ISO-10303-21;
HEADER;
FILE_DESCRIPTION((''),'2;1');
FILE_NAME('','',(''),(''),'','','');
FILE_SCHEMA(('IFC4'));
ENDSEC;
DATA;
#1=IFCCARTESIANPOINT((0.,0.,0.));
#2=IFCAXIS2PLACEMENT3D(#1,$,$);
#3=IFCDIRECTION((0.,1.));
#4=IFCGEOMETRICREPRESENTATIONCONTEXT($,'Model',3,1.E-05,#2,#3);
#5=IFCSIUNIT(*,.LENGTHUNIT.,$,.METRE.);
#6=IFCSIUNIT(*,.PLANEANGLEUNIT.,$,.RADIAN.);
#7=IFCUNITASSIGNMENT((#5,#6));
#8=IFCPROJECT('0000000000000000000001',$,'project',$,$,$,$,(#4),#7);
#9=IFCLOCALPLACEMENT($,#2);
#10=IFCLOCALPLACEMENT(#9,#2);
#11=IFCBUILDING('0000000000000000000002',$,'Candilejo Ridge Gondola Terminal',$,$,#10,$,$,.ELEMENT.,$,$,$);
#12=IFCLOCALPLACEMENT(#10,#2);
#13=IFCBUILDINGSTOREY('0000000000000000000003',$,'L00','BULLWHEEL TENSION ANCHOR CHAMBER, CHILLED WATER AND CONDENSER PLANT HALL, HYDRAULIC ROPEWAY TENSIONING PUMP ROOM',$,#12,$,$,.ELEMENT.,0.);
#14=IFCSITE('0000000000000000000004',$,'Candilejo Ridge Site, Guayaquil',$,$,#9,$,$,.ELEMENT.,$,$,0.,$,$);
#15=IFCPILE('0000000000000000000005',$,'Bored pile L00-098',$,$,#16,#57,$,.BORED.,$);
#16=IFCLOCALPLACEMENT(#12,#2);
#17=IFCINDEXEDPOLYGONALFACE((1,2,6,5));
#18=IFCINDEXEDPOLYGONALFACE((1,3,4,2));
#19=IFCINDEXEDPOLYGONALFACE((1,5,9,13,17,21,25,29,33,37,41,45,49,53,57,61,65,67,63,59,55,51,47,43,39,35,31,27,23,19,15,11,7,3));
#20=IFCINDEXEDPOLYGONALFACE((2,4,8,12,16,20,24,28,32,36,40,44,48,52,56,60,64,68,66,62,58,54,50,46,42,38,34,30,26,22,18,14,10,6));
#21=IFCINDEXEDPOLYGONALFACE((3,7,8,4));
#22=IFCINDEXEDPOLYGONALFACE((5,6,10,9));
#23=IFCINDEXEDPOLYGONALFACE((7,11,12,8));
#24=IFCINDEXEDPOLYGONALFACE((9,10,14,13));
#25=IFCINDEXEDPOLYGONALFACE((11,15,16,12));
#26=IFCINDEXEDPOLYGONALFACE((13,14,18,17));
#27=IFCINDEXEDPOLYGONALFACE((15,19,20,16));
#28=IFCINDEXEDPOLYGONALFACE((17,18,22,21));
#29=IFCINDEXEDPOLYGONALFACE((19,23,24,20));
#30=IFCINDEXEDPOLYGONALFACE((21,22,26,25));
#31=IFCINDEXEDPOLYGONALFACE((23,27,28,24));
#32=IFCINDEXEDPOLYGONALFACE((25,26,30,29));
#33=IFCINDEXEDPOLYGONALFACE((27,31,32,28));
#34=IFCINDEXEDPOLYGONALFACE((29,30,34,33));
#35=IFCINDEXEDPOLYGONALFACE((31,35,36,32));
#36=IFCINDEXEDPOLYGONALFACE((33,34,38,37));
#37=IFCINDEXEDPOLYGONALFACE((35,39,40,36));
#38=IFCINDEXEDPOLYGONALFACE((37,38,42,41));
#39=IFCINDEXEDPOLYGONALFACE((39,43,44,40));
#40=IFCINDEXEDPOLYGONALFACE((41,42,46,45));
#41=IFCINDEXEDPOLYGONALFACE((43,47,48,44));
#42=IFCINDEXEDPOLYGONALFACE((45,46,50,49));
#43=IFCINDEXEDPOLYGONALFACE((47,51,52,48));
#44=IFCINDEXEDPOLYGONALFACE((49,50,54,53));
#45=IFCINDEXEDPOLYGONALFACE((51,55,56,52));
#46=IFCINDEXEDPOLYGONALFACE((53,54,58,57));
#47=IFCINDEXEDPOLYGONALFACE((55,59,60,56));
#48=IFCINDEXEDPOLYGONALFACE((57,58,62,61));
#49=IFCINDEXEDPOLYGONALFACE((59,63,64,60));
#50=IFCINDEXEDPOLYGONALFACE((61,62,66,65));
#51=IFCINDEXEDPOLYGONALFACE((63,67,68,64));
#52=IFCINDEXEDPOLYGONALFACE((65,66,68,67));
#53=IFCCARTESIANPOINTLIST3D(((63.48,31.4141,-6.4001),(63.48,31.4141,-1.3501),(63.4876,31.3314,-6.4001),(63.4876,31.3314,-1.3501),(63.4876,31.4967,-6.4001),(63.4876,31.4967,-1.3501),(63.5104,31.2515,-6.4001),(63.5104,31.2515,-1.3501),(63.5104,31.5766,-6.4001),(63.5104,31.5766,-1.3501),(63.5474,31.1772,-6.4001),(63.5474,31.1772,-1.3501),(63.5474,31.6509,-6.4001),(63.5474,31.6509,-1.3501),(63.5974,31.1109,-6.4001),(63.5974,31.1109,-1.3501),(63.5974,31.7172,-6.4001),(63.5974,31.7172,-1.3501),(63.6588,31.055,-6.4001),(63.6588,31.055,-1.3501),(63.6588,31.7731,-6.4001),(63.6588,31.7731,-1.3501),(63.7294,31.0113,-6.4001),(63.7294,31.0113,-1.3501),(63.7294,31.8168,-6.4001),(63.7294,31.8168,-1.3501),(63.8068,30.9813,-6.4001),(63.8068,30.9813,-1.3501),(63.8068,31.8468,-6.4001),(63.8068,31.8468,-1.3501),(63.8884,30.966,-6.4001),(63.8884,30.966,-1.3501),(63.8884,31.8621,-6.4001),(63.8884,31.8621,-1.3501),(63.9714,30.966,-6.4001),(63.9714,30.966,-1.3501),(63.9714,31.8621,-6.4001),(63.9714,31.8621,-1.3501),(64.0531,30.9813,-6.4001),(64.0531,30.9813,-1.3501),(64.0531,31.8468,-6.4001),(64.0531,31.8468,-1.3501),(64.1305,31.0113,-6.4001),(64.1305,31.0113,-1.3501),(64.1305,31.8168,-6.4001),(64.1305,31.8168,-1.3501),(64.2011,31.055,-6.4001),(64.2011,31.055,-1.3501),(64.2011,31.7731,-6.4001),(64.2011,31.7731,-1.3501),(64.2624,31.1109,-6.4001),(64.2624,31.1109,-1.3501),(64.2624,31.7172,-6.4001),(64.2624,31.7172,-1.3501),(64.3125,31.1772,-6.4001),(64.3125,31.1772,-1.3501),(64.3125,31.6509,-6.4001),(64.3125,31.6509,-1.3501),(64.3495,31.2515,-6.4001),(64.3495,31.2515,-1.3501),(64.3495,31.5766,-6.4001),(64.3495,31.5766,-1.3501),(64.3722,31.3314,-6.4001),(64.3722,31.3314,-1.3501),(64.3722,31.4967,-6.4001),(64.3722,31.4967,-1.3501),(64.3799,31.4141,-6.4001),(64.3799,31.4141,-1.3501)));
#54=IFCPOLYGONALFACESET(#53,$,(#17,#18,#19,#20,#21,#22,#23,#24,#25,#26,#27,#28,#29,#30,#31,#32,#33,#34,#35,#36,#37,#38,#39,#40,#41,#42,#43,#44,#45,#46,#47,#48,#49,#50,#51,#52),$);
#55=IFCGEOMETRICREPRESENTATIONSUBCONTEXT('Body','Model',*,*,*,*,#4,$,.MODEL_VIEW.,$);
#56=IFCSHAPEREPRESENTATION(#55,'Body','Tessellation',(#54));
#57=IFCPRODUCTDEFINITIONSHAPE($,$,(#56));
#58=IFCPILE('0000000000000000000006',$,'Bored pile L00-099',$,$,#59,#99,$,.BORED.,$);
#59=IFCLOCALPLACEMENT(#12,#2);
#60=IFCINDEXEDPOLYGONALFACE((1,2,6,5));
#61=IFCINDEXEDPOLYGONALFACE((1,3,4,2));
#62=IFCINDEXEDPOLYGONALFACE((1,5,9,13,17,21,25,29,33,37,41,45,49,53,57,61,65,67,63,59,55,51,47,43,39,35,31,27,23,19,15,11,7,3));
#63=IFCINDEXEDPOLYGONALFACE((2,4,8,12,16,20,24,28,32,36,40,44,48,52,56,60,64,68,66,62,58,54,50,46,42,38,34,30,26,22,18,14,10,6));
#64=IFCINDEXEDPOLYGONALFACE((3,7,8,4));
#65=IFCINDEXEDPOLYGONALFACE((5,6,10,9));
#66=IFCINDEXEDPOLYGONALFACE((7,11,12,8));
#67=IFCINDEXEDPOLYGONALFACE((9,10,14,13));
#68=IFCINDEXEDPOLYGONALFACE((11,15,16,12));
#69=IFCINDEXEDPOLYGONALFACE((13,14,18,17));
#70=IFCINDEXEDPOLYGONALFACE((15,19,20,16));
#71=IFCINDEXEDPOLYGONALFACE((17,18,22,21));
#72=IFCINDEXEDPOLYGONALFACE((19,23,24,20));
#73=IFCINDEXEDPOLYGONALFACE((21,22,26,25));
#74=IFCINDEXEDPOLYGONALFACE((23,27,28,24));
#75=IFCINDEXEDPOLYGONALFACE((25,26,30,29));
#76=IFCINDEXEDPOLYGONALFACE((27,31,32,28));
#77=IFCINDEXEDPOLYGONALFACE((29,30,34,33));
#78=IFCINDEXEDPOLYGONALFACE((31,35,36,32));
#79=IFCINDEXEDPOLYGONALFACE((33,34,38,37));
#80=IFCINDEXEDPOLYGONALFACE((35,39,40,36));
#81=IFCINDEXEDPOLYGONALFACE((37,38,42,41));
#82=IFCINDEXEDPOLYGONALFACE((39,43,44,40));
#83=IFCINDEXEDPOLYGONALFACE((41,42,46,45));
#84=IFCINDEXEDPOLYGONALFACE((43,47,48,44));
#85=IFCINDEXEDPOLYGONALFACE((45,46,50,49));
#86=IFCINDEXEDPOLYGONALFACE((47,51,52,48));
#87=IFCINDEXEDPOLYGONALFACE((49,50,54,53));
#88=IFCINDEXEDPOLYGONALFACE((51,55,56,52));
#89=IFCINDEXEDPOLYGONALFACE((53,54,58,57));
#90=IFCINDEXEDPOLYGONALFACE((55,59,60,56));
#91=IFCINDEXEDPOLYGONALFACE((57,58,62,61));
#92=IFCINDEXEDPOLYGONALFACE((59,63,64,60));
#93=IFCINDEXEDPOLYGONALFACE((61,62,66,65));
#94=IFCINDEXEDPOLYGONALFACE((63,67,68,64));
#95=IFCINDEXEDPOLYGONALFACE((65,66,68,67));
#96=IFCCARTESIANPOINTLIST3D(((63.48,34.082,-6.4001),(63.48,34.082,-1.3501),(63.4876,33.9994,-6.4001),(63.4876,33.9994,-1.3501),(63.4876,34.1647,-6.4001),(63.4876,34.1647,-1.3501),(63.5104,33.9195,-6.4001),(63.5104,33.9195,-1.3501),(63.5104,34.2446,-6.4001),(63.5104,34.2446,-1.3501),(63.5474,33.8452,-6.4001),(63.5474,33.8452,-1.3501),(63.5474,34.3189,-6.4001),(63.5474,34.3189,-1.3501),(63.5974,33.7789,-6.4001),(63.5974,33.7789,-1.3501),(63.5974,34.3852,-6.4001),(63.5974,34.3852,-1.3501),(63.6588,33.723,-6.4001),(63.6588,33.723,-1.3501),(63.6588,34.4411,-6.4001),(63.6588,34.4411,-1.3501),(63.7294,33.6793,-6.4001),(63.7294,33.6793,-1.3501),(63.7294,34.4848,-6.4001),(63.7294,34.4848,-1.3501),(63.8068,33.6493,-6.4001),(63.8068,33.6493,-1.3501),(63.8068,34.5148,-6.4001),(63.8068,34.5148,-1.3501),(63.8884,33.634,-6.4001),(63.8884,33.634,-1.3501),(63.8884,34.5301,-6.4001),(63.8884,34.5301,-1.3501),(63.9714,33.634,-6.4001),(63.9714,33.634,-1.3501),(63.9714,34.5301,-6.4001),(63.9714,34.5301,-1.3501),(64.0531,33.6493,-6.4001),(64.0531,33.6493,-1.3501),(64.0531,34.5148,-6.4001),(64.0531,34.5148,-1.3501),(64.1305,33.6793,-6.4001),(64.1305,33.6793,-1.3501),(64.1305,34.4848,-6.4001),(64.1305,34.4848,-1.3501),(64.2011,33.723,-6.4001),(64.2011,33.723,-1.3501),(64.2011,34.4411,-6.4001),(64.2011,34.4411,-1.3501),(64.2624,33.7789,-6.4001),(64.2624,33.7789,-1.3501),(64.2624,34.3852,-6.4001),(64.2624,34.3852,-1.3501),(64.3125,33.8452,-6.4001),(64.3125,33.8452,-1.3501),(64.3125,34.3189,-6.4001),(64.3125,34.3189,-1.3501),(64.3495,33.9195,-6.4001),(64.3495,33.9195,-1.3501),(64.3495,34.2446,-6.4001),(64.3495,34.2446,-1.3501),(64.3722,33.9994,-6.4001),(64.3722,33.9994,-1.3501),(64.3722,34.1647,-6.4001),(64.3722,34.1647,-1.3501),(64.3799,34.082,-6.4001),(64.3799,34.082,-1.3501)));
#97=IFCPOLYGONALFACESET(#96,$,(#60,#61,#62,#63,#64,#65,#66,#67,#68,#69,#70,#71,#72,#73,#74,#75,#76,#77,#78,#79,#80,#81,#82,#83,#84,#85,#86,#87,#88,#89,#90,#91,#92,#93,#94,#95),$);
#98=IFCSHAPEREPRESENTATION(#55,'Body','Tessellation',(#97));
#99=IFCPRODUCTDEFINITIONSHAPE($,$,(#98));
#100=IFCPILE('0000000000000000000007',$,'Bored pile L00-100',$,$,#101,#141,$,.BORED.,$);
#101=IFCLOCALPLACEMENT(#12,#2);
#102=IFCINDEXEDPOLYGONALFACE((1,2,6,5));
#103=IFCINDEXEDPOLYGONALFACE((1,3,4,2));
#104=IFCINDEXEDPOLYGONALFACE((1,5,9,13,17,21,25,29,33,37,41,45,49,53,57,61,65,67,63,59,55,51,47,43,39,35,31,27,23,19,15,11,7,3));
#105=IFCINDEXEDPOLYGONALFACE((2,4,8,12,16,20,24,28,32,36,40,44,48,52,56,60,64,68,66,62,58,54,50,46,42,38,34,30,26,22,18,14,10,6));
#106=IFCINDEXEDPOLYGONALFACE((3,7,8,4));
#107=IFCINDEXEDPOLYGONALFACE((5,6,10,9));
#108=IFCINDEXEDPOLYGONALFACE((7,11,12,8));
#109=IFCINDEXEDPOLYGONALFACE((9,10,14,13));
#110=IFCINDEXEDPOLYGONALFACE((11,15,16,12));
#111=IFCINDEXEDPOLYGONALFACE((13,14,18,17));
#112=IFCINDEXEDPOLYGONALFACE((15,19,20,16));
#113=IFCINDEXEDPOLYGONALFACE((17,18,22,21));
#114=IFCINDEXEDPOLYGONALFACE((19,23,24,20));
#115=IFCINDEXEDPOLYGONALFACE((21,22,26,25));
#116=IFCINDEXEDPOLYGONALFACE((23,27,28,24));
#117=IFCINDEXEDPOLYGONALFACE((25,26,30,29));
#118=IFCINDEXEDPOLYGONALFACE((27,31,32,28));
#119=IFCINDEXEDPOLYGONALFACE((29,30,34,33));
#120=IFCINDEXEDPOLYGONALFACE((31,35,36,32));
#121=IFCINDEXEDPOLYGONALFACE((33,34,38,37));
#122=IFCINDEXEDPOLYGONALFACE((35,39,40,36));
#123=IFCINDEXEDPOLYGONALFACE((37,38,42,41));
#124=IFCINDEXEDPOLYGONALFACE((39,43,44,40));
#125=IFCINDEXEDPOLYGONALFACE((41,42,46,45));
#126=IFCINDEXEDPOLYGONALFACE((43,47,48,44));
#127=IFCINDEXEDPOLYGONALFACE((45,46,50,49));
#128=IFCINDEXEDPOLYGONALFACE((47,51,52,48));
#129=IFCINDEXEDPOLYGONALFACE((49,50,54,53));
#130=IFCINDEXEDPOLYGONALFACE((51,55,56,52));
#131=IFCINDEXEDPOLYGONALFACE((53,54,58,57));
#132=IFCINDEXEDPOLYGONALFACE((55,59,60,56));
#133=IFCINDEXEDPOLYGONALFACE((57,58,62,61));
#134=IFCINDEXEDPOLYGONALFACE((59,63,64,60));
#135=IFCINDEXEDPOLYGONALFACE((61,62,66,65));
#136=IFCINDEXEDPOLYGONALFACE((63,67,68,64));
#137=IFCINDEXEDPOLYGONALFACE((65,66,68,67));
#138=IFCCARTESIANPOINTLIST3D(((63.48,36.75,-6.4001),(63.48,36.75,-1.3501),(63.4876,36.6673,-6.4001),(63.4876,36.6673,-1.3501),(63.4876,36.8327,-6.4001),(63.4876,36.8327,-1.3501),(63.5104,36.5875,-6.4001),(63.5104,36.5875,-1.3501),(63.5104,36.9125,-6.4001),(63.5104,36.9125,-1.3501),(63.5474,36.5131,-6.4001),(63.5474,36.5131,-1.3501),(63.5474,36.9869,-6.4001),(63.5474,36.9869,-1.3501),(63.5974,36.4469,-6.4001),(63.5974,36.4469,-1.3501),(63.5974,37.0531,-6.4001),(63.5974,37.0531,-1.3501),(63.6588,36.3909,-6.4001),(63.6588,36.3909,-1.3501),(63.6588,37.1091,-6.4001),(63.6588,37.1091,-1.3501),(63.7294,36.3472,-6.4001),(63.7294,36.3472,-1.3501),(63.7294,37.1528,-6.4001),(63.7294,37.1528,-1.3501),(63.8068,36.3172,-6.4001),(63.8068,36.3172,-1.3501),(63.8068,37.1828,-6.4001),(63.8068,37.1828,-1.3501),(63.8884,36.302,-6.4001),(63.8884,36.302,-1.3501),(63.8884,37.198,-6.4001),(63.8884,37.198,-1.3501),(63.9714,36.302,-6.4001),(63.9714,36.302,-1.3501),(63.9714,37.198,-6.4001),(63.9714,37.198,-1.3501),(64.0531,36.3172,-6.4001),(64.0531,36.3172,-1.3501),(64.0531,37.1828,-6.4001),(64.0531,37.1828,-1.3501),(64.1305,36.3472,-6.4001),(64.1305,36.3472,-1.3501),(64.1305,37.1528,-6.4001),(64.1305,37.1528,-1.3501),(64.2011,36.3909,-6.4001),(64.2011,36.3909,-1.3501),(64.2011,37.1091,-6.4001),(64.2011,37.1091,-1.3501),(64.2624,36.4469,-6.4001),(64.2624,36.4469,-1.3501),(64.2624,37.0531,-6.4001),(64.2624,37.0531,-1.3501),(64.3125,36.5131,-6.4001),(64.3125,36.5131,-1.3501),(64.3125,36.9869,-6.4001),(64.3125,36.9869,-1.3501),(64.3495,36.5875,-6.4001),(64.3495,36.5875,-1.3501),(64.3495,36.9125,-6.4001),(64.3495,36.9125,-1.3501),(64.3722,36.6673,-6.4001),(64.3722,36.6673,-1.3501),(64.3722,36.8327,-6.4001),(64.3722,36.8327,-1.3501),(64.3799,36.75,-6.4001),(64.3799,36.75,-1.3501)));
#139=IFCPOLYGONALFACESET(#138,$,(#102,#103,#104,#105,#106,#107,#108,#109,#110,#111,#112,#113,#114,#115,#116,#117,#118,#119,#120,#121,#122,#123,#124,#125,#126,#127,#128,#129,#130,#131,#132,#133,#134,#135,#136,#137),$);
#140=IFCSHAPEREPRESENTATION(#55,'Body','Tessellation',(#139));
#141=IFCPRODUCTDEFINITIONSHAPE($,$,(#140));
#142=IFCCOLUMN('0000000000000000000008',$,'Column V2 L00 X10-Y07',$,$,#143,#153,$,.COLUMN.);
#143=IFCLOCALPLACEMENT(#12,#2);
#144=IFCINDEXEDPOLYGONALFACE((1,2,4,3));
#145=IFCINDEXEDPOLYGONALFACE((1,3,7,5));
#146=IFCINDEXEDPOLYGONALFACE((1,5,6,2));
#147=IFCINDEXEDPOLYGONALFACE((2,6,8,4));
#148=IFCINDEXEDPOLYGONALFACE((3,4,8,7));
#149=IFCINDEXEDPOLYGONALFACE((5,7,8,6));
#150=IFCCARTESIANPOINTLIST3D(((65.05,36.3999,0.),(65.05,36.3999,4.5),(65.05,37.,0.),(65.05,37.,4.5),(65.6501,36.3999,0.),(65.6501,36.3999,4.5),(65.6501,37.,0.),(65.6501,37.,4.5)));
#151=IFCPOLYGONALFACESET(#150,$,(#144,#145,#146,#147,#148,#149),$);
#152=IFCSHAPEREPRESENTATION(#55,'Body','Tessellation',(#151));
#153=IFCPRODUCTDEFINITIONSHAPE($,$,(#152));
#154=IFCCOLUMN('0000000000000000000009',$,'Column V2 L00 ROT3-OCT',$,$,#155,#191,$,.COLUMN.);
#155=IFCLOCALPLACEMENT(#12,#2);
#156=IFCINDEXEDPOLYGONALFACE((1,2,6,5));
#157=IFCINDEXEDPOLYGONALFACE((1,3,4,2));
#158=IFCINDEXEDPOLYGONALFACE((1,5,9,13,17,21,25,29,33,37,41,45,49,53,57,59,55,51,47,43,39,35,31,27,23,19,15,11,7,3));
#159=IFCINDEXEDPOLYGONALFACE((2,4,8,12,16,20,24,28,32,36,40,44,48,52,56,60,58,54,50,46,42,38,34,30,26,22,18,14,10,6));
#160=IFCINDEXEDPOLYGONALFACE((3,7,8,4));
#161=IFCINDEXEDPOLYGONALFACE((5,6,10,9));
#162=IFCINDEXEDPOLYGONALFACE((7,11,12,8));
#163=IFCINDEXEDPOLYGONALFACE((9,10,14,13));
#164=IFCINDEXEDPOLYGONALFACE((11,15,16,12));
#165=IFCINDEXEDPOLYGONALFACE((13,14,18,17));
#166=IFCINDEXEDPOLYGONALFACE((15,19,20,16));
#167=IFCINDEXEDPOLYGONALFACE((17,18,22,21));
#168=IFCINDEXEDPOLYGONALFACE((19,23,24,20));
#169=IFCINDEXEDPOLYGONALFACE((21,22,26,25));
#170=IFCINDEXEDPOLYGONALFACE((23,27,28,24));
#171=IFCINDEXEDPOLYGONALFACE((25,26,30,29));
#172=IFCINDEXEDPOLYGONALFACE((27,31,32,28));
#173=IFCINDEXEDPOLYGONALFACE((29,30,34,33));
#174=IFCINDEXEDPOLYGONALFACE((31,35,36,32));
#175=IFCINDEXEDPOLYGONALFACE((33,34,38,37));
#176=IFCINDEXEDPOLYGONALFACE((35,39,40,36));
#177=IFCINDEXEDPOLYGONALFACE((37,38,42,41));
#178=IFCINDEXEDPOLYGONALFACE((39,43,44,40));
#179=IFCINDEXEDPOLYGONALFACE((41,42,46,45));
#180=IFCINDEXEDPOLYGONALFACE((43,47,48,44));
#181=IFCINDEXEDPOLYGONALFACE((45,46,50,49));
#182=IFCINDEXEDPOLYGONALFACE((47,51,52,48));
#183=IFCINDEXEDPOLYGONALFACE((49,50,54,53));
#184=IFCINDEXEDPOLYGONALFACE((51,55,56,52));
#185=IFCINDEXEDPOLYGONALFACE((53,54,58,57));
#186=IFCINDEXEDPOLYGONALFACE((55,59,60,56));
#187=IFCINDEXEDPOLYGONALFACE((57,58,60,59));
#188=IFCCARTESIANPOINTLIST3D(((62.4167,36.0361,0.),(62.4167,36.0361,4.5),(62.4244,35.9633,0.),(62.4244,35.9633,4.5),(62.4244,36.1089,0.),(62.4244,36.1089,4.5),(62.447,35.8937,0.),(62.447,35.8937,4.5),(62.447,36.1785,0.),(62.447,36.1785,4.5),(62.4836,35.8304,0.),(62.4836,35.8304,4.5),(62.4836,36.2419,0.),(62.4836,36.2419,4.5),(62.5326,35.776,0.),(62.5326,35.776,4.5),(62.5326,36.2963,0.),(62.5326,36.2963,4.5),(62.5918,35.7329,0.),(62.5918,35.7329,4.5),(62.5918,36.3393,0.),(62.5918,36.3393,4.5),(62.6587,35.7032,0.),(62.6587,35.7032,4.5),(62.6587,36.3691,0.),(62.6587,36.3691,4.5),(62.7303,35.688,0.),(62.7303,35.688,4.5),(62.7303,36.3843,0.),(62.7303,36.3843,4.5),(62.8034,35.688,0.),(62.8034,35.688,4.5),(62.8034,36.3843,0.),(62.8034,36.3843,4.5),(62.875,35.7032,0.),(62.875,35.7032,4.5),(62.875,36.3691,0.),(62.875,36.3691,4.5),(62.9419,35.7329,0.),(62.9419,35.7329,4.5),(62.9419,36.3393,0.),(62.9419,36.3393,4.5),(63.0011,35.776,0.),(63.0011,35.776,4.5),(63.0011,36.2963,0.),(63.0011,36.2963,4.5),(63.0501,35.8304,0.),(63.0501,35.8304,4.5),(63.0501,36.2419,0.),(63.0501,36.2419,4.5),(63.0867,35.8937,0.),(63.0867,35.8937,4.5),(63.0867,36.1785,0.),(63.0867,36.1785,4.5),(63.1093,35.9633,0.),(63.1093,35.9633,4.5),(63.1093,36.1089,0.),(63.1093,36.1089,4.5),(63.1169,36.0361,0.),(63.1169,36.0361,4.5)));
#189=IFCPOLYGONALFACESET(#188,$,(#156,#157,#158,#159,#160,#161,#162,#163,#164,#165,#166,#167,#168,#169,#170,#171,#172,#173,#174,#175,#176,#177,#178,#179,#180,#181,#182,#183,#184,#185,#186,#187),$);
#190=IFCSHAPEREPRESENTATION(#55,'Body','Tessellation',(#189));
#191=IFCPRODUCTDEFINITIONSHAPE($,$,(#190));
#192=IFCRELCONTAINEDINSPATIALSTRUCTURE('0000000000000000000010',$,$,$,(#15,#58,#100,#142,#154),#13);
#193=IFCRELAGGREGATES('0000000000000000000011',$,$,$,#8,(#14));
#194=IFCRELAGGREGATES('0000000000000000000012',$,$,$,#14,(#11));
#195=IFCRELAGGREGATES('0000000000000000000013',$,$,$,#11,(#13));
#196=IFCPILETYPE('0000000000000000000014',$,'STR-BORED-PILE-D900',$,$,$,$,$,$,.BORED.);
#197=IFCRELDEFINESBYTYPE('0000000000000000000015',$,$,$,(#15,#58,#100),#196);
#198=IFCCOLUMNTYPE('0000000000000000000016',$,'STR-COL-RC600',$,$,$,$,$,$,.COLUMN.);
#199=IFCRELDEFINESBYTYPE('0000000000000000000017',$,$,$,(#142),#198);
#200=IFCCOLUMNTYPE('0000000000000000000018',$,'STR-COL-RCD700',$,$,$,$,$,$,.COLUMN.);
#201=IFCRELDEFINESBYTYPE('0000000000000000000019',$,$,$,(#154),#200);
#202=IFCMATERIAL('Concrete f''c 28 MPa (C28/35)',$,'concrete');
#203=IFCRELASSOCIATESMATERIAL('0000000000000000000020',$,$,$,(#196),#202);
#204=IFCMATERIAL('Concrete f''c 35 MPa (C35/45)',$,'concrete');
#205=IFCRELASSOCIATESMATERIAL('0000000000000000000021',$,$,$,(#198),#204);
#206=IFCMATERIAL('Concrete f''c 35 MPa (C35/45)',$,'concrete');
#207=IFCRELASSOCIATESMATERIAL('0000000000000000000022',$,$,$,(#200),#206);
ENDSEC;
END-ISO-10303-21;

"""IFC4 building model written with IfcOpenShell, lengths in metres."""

from ifc_helpers import new_model, si_unit, direction, frame, origin, origin_2d, place, context, subcontext, project, spatial, rectangle, circle, extrude, material, material_profile, profile_set, type_object, element, save


model = new_model("IFC4")

# Units and contexts
model_context = context("Model", 3, precision=1e-05, world=origin(), true_north=direction((0.0, 1.0)))
body_context = subcontext(model_context, "Body", "Model", "MODEL_VIEW")
ifc_project = project(units=[si_unit("LENGTHUNIT", "METRE"), si_unit("PLANEANGLEUNIT", "RADIAN")], contexts=[model_context])

# Site, building, storey
site_placement = place(None, origin())
site = spatial("IfcSite", under=ifc_project, at=site_placement, Name="Candilejo Ridge Site, Guayaquil", CompositionType="ELEMENT", RefElevation=0.0)
building_placement = place(site_placement, origin())
building = spatial("IfcBuilding", under=site, at=building_placement, Name="Candilejo Ridge Gondola Terminal", CompositionType="ELEMENT")
storey_placement = place(building_placement, origin())
storey = spatial("IfcBuildingStorey", under=building, at=storey_placement, Name="L00", Description="BULLWHEEL TENSION ANCHOR CHAMBER, CHILLED WATER AND CONDENSER PLANT HALL, HYDRAULIC ROPEWAY TENSIONING PUMP ROOM", CompositionType="ELEMENT", Elevation=0.0)

# Piles
ifc_material_1 = material(Name="Concrete f'c 28 MPa (C28/35)", Category="concrete")
ifc_material_profile_1 = material_profile(ifc_material_1, circle(Radius=0.45, at=origin_2d()))
ifc_profile_set_1 = profile_set([ifc_material_profile_1], Name="Concrete f'c 28 MPa (C28/35)")
pile_type = type_object("IfcPileType", Name="STR-BORED-PILE-D900", PredefinedType="BORED", material=ifc_profile_set_1)
for number, where, z_axis, x_axis, name in (
    (1, (63.9299, 31.4141, -1.3501), (0.0, 0.0, -1.0), (1.0, 0.0, 0.0), "Bored pile L00-098"),
    (2, (63.9299, 34.082, -1.3501), (0.0, 0.0, -1.0), (1.0, 0.0, 0.0), "Bored pile L00-099"),
    (3, (63.9299, 36.75, -1.3501), (0.0, 0.0, -1.0), (1.0, 0.0, 0.0), "Bored pile L00-100"),
):
    element("IfcPile", number, at=place(storey_placement, frame(where, z_axis=z_axis, x_axis=x_axis)), inside=storey, type_object=pile_type, Name=name, PredefinedType="BORED", context=body_context, shape_type="SweptSolid", body=[
        extrude(circle(Radius=0.45, at=origin_2d()), origin(), (0.0, 0.0, 1.0), 5.05),
    ])

# Columns
ifc_material_2 = material(Name="Concrete f'c 35 MPa (C35/45)", Category="concrete")
ifc_material_profile_2 = material_profile(ifc_material_2, rectangle(XDim=0.6001, YDim=0.6001, at=origin_2d()))
ifc_profile_set_2 = profile_set([ifc_material_profile_2], Name="Concrete f'c 35 MPa (C35/45)")
column_type_1 = type_object("IfcColumnType", Name="STR-COL-RC600", PredefinedType="COLUMN", material=ifc_profile_set_2)
column_1_placement = place(storey_placement, frame((65.3501, 36.7, 0.0), z_axis=(0.0, 0.0, 1.0), x_axis=(1.0, 0.0, 0.0)))
element("IfcColumn", 4, at=column_1_placement, inside=storey, type_object=column_type_1, Name="Column V2 L00 X10-Y07", PredefinedType="COLUMN", context=body_context, shape_type="SweptSolid", body=[
    extrude(rectangle(XDim=0.6001, YDim=0.6001, at=origin_2d()), origin(), (0.0, 0.0, 1.0), 4.5),
])
ifc_material_3 = material(Name="Concrete f'c 35 MPa (C35/45)", Category="concrete")
ifc_material_profile_3 = material_profile(ifc_material_3, circle(Radius=0.3501, at=origin_2d()))
ifc_profile_set_3 = profile_set([ifc_material_profile_3], Name="Concrete f'c 35 MPa (C35/45)")
column_type_2 = type_object("IfcColumnType", Name="STR-COL-RCD700", PredefinedType="COLUMN", material=ifc_profile_set_3)
column_2_placement = place(storey_placement, frame((62.7668, 36.0361, 0.0), z_axis=(0.0, 0.0, 1.0), x_axis=(1.0, 0.0, 0.0)))
element("IfcColumn", 5, at=column_2_placement, inside=storey, type_object=column_type_2, Name="Column V2 L00 ROT3-OCT", PredefinedType="COLUMN", context=body_context, shape_type="SweptSolid", body=[
    extrude(circle(Radius=0.3501, at=origin_2d()), origin(), (0.0, 0.0, 1.0), 4.5),
])

save(model, "model.ifc")
